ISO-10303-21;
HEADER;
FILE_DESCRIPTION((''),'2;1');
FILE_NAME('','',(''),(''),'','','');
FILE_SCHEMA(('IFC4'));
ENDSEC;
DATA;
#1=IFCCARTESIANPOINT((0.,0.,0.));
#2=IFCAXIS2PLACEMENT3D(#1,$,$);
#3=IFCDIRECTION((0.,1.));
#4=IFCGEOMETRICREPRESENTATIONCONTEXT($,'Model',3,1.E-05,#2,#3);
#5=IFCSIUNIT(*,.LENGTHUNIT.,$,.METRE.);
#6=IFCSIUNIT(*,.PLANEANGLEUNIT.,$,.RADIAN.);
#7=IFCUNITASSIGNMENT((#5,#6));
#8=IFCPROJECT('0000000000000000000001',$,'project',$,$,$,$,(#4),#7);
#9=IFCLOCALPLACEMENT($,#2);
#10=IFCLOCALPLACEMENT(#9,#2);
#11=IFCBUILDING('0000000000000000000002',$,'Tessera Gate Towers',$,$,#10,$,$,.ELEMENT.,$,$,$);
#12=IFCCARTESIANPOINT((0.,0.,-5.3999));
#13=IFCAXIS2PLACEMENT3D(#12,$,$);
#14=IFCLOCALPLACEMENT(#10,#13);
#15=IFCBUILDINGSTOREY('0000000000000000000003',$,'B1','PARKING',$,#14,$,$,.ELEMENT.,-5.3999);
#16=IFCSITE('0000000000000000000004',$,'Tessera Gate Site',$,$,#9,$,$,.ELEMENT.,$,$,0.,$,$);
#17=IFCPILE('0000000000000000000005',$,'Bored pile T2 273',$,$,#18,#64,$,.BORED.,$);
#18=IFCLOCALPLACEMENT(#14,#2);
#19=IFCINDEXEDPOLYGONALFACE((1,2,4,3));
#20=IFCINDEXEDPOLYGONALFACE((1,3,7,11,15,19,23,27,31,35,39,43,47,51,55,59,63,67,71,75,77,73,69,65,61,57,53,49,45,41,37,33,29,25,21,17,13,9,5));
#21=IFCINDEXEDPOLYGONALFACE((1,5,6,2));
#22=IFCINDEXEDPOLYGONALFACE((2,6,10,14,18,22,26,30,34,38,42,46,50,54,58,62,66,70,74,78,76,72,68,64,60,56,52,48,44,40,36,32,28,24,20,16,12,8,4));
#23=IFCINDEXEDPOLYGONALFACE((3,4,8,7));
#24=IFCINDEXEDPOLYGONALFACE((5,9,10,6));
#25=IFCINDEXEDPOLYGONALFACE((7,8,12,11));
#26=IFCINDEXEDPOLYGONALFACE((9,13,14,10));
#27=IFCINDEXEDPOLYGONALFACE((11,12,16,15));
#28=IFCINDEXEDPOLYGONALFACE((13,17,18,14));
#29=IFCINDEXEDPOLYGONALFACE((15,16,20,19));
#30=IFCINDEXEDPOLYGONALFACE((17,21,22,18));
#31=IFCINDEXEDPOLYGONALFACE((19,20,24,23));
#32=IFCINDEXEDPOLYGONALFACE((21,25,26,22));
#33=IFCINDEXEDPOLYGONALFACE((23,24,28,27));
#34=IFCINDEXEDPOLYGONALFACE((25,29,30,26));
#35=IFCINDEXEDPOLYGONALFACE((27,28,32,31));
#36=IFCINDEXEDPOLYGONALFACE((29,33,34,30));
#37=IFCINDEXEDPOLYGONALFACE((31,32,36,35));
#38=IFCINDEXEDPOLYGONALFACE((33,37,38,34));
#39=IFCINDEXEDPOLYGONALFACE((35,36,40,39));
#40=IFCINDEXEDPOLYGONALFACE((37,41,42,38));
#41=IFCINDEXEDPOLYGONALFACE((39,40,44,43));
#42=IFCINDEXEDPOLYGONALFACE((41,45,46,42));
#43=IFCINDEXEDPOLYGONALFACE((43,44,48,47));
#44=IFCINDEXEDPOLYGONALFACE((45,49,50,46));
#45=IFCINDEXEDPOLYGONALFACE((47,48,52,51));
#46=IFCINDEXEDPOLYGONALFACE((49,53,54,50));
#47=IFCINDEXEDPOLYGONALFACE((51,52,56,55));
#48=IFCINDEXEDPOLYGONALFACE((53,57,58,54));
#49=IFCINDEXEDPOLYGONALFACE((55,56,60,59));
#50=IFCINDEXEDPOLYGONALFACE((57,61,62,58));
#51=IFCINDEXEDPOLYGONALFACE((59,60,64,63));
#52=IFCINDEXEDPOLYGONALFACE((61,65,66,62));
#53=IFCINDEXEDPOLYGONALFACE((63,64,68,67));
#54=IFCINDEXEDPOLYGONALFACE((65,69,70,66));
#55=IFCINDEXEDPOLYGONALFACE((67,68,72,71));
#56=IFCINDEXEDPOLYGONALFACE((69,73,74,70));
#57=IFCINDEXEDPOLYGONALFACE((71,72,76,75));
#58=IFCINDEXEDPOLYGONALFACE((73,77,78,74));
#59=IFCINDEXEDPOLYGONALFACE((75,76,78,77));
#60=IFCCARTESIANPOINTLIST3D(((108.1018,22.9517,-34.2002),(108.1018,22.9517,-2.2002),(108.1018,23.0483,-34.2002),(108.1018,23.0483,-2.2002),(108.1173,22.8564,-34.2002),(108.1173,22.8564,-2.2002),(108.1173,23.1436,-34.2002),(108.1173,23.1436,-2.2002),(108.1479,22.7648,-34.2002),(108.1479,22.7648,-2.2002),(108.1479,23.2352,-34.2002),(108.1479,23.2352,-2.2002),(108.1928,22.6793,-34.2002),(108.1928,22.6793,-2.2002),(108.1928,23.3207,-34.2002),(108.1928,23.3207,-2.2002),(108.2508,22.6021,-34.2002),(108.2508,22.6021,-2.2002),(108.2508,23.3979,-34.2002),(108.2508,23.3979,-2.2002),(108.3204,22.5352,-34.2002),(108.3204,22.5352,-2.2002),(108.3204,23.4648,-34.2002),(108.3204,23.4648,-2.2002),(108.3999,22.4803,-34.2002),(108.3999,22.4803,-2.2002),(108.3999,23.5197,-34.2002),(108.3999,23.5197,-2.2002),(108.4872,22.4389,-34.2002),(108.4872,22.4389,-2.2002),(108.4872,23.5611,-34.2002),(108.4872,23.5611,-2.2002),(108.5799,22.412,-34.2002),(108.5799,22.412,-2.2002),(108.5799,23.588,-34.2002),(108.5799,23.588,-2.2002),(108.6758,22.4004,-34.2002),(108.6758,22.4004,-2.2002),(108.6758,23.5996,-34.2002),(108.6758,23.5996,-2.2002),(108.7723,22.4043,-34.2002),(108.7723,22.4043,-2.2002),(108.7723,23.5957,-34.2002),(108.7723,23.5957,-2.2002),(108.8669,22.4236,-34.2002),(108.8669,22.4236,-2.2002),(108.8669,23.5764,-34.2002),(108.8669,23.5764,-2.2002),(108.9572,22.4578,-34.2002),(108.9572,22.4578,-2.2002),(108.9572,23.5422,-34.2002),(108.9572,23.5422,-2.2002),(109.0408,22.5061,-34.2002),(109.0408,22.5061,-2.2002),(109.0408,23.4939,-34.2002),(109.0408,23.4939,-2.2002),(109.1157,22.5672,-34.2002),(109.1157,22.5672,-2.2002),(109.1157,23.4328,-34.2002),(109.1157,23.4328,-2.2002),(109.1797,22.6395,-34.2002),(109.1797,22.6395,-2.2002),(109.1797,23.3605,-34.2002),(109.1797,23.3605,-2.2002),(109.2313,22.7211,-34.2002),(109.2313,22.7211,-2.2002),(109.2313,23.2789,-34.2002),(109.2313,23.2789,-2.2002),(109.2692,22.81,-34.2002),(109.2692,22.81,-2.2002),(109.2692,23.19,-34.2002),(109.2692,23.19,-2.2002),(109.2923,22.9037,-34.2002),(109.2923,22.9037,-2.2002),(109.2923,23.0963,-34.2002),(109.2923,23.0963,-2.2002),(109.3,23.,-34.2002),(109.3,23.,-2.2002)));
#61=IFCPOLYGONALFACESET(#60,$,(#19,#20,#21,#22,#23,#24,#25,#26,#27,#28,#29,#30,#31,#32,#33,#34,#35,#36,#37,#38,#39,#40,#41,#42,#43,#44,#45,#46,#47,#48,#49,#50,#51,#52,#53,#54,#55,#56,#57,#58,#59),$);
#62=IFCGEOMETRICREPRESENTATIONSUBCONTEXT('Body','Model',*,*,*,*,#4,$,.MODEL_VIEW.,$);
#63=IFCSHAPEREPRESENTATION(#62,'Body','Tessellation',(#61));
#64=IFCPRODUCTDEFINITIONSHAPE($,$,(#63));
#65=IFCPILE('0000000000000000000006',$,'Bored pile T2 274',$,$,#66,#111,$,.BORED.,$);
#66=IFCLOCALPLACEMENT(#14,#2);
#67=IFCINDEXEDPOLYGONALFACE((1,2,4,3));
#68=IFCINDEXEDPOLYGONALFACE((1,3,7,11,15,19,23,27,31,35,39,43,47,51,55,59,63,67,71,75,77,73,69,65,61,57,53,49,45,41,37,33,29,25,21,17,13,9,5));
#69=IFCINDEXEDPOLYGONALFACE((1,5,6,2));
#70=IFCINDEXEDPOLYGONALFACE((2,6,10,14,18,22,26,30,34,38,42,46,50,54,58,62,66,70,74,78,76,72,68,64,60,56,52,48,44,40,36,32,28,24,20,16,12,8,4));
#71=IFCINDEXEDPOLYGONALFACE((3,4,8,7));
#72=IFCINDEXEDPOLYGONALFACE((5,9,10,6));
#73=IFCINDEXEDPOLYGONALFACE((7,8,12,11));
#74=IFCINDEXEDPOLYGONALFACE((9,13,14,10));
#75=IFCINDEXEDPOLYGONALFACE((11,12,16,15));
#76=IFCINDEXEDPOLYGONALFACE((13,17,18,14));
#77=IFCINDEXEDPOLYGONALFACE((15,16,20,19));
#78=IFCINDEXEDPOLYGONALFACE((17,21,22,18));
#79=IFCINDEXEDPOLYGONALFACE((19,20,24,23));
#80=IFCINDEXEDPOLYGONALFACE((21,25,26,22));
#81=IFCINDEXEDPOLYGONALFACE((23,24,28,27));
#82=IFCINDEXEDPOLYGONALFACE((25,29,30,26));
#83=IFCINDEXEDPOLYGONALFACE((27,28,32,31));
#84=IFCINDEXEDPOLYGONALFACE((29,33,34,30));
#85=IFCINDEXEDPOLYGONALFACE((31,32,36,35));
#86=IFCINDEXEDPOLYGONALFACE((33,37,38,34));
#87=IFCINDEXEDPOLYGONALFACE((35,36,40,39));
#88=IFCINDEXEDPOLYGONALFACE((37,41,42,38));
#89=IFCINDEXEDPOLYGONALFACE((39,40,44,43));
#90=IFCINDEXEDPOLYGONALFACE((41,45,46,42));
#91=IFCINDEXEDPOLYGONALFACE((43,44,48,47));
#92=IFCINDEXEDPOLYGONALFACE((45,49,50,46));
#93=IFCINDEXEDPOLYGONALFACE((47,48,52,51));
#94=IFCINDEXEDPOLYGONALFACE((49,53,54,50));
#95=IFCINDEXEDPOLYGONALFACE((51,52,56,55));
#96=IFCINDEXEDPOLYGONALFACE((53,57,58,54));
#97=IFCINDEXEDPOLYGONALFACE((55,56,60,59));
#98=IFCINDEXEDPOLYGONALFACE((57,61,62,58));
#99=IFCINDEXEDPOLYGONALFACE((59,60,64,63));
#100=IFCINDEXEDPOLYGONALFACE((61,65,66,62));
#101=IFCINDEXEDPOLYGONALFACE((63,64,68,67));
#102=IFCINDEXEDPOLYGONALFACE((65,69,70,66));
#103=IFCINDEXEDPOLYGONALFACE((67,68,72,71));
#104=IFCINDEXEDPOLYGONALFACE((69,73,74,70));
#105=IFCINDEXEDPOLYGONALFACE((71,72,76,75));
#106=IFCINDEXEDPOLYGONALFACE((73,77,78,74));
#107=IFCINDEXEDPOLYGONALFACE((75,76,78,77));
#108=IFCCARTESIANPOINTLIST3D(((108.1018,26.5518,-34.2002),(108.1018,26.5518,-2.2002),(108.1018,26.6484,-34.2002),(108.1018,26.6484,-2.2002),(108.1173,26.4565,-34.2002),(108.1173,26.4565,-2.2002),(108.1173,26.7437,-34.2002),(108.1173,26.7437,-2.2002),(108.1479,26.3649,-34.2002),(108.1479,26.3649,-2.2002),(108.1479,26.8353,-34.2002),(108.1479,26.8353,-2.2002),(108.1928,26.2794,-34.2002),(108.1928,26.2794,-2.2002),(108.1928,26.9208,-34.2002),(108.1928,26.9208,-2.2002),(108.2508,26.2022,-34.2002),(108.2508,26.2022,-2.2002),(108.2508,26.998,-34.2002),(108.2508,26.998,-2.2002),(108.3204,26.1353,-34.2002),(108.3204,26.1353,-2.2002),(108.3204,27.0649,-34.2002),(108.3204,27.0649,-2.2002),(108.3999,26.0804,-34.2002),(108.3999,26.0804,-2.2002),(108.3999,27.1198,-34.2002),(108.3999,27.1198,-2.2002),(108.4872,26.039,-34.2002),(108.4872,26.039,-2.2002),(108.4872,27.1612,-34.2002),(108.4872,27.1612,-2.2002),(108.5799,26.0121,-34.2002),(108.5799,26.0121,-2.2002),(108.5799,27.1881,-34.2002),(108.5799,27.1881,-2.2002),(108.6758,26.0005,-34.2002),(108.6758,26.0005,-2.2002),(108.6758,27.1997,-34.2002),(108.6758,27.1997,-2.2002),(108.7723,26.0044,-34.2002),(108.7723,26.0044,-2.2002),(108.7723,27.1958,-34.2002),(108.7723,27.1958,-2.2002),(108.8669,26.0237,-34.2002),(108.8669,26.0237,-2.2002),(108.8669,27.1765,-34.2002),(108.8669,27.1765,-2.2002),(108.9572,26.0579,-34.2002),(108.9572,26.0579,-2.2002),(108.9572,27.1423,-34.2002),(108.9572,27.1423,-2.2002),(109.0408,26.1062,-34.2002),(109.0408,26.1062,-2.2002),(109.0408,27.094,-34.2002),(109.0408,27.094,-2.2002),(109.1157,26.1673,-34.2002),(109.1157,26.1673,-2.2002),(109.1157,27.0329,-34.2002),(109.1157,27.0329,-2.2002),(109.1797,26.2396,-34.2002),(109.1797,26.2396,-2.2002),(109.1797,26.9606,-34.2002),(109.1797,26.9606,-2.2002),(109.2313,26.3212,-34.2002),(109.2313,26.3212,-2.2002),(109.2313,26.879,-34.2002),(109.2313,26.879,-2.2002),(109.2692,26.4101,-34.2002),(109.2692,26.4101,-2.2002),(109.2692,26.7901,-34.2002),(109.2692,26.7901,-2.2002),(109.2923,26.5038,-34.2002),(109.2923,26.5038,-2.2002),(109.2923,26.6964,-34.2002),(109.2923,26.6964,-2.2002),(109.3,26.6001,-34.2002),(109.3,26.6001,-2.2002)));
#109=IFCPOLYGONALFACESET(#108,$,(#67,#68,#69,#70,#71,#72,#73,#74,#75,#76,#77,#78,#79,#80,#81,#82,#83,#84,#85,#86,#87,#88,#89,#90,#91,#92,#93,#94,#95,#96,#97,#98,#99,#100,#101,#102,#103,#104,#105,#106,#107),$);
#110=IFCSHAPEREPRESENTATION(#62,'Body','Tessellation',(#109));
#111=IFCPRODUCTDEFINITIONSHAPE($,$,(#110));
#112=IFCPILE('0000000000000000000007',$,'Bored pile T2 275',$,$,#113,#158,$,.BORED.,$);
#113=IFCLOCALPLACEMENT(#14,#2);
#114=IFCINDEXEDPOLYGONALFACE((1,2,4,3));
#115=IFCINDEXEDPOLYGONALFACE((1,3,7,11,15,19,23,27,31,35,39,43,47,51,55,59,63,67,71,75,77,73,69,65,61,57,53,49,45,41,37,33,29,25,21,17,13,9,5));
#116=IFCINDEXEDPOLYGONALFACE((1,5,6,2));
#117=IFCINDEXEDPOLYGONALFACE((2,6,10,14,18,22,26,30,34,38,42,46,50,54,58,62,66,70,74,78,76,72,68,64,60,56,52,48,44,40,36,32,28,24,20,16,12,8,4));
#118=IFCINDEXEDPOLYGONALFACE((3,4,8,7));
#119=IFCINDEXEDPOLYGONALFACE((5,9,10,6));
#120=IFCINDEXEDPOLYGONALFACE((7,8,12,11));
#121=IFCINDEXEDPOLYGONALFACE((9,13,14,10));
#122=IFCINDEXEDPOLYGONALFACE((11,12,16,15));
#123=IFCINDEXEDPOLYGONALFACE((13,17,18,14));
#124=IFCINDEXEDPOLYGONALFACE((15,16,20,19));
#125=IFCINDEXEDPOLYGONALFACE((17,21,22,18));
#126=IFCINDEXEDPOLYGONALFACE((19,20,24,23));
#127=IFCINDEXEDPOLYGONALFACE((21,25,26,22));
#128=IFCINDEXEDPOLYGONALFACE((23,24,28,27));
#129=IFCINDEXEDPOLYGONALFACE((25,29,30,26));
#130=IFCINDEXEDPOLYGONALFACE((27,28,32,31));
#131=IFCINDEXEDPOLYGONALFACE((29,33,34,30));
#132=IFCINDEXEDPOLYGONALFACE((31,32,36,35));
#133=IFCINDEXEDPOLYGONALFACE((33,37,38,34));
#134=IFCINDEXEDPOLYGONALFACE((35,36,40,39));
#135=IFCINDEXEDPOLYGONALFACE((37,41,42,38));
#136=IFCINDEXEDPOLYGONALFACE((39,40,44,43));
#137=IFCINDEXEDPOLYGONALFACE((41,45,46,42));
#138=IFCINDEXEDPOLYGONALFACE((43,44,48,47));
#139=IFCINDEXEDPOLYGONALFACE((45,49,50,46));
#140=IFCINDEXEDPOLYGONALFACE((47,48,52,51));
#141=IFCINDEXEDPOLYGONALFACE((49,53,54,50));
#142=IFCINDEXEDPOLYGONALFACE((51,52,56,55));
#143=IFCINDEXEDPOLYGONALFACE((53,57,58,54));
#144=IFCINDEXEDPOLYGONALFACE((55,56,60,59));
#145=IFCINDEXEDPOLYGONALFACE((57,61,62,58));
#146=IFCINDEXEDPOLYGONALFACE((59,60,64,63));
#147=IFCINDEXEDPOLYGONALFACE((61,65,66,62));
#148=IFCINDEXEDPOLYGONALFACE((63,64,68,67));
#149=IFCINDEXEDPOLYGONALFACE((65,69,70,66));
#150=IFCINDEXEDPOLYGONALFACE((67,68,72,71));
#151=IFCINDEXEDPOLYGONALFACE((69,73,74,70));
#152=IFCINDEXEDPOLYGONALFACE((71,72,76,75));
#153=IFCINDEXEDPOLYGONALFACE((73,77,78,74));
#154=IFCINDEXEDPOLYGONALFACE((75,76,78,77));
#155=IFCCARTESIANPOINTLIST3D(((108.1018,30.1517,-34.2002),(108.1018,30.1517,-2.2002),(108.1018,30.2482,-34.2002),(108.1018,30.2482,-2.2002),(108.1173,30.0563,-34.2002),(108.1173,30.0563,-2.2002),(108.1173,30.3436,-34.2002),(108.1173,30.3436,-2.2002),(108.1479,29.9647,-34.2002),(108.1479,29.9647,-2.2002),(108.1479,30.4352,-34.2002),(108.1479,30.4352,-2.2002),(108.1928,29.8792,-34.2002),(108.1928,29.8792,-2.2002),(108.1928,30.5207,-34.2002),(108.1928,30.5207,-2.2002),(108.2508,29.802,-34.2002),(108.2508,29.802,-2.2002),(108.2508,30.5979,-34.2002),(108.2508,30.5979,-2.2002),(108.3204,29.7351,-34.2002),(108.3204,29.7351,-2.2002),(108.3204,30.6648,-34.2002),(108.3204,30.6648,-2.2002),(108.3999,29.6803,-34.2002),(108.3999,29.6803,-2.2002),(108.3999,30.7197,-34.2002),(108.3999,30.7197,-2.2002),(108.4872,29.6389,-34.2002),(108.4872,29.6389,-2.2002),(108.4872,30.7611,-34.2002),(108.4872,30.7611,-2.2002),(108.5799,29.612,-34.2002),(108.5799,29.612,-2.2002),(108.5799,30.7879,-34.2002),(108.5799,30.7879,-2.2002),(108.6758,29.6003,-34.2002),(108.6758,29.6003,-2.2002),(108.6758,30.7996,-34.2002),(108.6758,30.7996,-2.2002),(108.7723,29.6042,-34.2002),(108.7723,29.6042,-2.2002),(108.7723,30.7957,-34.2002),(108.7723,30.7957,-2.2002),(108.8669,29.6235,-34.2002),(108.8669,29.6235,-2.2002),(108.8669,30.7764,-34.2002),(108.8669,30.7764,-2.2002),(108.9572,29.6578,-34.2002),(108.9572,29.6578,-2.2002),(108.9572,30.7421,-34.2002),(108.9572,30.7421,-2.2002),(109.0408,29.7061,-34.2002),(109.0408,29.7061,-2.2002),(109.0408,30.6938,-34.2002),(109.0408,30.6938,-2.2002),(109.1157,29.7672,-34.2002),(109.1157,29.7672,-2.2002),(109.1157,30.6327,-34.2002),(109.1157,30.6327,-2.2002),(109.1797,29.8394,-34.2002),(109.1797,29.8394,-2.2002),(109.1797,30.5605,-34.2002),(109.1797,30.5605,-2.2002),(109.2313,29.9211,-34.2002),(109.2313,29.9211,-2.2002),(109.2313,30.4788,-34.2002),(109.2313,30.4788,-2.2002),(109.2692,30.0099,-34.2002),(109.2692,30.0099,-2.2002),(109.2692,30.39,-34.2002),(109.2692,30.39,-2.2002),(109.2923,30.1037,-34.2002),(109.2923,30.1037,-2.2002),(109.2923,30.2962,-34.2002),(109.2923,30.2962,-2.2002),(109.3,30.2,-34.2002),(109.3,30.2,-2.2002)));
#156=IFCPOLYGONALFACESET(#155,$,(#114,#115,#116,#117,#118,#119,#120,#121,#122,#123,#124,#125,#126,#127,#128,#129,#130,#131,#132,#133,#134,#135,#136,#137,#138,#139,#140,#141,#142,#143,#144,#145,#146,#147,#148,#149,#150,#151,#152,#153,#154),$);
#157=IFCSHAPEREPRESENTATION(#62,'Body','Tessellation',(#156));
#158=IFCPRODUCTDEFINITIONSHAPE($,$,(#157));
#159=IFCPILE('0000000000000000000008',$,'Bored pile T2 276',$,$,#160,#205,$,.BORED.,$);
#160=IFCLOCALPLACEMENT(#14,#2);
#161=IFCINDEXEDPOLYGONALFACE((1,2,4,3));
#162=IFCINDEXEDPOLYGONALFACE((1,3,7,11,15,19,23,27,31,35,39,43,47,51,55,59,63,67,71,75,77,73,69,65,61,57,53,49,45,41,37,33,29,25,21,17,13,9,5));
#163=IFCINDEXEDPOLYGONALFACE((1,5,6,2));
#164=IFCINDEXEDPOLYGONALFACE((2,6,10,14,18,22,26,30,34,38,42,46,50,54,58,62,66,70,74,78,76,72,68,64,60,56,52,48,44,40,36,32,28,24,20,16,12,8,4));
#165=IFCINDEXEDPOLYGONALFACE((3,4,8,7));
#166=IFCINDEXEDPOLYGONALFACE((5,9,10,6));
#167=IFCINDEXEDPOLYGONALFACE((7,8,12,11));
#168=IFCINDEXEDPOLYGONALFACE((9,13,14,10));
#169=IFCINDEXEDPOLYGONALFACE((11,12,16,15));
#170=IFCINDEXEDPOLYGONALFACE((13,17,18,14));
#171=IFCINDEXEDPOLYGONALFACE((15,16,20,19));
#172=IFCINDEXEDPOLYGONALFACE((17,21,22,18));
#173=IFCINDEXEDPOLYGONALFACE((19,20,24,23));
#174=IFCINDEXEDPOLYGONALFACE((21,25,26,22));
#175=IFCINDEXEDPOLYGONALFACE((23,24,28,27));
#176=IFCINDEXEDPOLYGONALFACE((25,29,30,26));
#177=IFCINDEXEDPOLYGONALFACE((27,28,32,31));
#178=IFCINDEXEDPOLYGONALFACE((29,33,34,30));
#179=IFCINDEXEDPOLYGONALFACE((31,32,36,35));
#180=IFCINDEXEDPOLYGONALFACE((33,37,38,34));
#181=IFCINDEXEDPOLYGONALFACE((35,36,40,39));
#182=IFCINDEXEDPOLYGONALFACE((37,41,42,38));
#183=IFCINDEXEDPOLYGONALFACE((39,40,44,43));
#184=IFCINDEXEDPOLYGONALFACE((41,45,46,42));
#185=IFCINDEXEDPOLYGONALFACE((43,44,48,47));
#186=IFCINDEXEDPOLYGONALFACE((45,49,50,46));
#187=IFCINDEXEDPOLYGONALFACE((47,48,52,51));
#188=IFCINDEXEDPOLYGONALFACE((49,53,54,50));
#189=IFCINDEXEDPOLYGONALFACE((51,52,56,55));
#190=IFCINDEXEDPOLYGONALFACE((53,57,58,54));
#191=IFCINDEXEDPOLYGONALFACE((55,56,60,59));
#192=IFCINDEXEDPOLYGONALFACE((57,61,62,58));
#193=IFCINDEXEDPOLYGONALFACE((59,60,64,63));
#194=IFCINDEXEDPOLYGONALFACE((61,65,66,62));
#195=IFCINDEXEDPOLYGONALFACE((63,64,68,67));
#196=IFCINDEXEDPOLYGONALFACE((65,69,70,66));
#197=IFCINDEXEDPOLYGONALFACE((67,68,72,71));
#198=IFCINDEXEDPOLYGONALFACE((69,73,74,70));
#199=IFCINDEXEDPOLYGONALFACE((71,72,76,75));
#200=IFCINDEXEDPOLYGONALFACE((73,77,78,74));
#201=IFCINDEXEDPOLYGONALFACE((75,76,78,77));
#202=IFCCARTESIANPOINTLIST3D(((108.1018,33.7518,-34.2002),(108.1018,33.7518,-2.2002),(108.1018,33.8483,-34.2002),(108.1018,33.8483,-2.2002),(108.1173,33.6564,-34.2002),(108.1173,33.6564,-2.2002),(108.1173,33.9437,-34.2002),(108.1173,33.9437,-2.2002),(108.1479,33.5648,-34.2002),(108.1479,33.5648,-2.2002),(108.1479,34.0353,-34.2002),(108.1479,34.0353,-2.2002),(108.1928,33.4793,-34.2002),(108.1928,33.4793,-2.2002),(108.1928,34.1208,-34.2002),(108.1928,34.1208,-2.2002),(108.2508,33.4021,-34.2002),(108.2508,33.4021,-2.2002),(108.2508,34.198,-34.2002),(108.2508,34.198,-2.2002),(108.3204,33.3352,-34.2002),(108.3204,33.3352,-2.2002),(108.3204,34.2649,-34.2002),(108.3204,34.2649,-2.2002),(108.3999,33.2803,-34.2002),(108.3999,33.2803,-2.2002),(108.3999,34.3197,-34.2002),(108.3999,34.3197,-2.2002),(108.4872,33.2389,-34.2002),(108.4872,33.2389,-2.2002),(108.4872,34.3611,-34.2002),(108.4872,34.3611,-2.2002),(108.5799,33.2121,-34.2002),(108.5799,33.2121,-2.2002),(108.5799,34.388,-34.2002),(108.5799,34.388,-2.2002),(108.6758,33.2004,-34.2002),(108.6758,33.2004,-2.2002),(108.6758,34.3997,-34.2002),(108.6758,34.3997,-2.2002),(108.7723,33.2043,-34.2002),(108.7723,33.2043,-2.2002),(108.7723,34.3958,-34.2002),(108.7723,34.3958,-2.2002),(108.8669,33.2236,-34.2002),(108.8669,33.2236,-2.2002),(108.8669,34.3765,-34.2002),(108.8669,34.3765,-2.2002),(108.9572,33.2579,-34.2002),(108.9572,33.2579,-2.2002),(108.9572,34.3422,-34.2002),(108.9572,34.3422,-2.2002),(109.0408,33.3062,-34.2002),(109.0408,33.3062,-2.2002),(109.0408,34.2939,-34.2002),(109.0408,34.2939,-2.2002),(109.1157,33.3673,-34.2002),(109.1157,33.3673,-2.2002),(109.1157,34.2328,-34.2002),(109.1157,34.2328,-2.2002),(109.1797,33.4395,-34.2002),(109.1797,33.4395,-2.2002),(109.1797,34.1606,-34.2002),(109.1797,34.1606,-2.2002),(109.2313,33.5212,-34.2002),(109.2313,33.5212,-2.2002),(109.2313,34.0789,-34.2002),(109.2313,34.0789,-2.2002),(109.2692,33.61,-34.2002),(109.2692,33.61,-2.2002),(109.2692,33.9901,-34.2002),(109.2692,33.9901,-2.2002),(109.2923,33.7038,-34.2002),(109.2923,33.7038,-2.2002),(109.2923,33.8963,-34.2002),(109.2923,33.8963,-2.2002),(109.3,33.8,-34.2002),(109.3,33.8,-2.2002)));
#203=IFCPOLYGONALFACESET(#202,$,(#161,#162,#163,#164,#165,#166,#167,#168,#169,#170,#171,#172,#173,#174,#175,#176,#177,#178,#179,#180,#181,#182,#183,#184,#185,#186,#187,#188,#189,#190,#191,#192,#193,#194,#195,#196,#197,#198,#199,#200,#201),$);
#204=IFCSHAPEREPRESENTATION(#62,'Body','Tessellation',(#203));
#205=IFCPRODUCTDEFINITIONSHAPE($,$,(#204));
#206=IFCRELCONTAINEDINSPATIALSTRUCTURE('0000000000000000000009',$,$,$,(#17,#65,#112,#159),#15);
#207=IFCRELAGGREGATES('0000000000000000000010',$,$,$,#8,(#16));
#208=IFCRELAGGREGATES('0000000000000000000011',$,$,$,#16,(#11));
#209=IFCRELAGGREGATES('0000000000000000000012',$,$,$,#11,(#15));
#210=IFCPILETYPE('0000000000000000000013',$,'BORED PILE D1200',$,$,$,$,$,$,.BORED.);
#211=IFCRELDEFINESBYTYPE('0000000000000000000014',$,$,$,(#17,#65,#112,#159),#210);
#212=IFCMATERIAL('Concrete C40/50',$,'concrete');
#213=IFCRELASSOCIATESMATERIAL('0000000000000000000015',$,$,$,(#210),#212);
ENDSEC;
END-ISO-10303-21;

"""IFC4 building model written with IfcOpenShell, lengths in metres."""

from ifc_helpers import new_model, si_unit, direction, frame, origin, origin_2d, place, context, subcontext, project, spatial, circle, extrude, material, material_profile, profile_set, type_object, element, save


model = new_model("IFC4")

# Units and contexts
model_context = context("Model", 3, precision=1e-05, world=origin(), true_north=direction((0.0, 1.0)))
body_context = subcontext(model_context, "Body", "Model", "MODEL_VIEW")
ifc_project = project(units=[si_unit("LENGTHUNIT", "METRE"), si_unit("PLANEANGLEUNIT", "RADIAN")], contexts=[model_context])

# Site, building, storey
site_placement = place(None, origin())
site = spatial("IfcSite", under=ifc_project, at=site_placement, Name="Tessera Gate Site", CompositionType="ELEMENT", RefElevation=0.0)
building_placement = place(site_placement, origin())
building = spatial("IfcBuilding", under=site, at=building_placement, Name="Tessera Gate Towers", CompositionType="ELEMENT")
storey_placement = place(building_placement, frame((0.0, 0.0, -5.3999)))
storey = spatial("IfcBuildingStorey", under=building, at=storey_placement, Name="B1", Description="PARKING", CompositionType="ELEMENT", Elevation=-5.3999)

# Piles
ifc_material_1 = material(Name="Concrete C40/50", Category="concrete")
ifc_material_profile_1 = material_profile(ifc_material_1, circle(Radius=0.6001, at=origin_2d()), Name="BORED PILE D1200")
ifc_profile_set_1 = profile_set([ifc_material_profile_1], Name="Concrete C40/50")
pile_type = type_object("IfcPileType", Name="BORED PILE D1200", PredefinedType="BORED", material=ifc_profile_set_1)
for number, where, z_axis, x_axis, name in (
    (1, (108.7, 23.0, -2.2002), (0.0, 0.0, -1.0), (1.0, 0.0, 0.0), "Bored pile T2 273"),
    (2, (108.7, 26.6001, -2.2002), (0.0, 0.0, -1.0), (1.0, 0.0, 0.0), "Bored pile T2 274"),
    (3, (108.7, 30.2, -2.2002), (0.0, 0.0, -1.0), (1.0, 0.0, 0.0), "Bored pile T2 275"),
    (4, (108.7, 33.8, -2.2002), (0.0, 0.0, -1.0), (1.0, 0.0, 0.0), "Bored pile T2 276"),
):
    element("IfcPile", number, at=place(storey_placement, frame(where, z_axis=z_axis, x_axis=x_axis)), inside=storey, type_object=pile_type, Name=name, PredefinedType="BORED", context=body_context, shape_type="SweptSolid", body=[
        extrude(circle(Radius=0.6001, at=origin_2d()), origin(), (0.0, 0.0, 1.0), 32.0),
    ])

save(model, "model.ifc")
